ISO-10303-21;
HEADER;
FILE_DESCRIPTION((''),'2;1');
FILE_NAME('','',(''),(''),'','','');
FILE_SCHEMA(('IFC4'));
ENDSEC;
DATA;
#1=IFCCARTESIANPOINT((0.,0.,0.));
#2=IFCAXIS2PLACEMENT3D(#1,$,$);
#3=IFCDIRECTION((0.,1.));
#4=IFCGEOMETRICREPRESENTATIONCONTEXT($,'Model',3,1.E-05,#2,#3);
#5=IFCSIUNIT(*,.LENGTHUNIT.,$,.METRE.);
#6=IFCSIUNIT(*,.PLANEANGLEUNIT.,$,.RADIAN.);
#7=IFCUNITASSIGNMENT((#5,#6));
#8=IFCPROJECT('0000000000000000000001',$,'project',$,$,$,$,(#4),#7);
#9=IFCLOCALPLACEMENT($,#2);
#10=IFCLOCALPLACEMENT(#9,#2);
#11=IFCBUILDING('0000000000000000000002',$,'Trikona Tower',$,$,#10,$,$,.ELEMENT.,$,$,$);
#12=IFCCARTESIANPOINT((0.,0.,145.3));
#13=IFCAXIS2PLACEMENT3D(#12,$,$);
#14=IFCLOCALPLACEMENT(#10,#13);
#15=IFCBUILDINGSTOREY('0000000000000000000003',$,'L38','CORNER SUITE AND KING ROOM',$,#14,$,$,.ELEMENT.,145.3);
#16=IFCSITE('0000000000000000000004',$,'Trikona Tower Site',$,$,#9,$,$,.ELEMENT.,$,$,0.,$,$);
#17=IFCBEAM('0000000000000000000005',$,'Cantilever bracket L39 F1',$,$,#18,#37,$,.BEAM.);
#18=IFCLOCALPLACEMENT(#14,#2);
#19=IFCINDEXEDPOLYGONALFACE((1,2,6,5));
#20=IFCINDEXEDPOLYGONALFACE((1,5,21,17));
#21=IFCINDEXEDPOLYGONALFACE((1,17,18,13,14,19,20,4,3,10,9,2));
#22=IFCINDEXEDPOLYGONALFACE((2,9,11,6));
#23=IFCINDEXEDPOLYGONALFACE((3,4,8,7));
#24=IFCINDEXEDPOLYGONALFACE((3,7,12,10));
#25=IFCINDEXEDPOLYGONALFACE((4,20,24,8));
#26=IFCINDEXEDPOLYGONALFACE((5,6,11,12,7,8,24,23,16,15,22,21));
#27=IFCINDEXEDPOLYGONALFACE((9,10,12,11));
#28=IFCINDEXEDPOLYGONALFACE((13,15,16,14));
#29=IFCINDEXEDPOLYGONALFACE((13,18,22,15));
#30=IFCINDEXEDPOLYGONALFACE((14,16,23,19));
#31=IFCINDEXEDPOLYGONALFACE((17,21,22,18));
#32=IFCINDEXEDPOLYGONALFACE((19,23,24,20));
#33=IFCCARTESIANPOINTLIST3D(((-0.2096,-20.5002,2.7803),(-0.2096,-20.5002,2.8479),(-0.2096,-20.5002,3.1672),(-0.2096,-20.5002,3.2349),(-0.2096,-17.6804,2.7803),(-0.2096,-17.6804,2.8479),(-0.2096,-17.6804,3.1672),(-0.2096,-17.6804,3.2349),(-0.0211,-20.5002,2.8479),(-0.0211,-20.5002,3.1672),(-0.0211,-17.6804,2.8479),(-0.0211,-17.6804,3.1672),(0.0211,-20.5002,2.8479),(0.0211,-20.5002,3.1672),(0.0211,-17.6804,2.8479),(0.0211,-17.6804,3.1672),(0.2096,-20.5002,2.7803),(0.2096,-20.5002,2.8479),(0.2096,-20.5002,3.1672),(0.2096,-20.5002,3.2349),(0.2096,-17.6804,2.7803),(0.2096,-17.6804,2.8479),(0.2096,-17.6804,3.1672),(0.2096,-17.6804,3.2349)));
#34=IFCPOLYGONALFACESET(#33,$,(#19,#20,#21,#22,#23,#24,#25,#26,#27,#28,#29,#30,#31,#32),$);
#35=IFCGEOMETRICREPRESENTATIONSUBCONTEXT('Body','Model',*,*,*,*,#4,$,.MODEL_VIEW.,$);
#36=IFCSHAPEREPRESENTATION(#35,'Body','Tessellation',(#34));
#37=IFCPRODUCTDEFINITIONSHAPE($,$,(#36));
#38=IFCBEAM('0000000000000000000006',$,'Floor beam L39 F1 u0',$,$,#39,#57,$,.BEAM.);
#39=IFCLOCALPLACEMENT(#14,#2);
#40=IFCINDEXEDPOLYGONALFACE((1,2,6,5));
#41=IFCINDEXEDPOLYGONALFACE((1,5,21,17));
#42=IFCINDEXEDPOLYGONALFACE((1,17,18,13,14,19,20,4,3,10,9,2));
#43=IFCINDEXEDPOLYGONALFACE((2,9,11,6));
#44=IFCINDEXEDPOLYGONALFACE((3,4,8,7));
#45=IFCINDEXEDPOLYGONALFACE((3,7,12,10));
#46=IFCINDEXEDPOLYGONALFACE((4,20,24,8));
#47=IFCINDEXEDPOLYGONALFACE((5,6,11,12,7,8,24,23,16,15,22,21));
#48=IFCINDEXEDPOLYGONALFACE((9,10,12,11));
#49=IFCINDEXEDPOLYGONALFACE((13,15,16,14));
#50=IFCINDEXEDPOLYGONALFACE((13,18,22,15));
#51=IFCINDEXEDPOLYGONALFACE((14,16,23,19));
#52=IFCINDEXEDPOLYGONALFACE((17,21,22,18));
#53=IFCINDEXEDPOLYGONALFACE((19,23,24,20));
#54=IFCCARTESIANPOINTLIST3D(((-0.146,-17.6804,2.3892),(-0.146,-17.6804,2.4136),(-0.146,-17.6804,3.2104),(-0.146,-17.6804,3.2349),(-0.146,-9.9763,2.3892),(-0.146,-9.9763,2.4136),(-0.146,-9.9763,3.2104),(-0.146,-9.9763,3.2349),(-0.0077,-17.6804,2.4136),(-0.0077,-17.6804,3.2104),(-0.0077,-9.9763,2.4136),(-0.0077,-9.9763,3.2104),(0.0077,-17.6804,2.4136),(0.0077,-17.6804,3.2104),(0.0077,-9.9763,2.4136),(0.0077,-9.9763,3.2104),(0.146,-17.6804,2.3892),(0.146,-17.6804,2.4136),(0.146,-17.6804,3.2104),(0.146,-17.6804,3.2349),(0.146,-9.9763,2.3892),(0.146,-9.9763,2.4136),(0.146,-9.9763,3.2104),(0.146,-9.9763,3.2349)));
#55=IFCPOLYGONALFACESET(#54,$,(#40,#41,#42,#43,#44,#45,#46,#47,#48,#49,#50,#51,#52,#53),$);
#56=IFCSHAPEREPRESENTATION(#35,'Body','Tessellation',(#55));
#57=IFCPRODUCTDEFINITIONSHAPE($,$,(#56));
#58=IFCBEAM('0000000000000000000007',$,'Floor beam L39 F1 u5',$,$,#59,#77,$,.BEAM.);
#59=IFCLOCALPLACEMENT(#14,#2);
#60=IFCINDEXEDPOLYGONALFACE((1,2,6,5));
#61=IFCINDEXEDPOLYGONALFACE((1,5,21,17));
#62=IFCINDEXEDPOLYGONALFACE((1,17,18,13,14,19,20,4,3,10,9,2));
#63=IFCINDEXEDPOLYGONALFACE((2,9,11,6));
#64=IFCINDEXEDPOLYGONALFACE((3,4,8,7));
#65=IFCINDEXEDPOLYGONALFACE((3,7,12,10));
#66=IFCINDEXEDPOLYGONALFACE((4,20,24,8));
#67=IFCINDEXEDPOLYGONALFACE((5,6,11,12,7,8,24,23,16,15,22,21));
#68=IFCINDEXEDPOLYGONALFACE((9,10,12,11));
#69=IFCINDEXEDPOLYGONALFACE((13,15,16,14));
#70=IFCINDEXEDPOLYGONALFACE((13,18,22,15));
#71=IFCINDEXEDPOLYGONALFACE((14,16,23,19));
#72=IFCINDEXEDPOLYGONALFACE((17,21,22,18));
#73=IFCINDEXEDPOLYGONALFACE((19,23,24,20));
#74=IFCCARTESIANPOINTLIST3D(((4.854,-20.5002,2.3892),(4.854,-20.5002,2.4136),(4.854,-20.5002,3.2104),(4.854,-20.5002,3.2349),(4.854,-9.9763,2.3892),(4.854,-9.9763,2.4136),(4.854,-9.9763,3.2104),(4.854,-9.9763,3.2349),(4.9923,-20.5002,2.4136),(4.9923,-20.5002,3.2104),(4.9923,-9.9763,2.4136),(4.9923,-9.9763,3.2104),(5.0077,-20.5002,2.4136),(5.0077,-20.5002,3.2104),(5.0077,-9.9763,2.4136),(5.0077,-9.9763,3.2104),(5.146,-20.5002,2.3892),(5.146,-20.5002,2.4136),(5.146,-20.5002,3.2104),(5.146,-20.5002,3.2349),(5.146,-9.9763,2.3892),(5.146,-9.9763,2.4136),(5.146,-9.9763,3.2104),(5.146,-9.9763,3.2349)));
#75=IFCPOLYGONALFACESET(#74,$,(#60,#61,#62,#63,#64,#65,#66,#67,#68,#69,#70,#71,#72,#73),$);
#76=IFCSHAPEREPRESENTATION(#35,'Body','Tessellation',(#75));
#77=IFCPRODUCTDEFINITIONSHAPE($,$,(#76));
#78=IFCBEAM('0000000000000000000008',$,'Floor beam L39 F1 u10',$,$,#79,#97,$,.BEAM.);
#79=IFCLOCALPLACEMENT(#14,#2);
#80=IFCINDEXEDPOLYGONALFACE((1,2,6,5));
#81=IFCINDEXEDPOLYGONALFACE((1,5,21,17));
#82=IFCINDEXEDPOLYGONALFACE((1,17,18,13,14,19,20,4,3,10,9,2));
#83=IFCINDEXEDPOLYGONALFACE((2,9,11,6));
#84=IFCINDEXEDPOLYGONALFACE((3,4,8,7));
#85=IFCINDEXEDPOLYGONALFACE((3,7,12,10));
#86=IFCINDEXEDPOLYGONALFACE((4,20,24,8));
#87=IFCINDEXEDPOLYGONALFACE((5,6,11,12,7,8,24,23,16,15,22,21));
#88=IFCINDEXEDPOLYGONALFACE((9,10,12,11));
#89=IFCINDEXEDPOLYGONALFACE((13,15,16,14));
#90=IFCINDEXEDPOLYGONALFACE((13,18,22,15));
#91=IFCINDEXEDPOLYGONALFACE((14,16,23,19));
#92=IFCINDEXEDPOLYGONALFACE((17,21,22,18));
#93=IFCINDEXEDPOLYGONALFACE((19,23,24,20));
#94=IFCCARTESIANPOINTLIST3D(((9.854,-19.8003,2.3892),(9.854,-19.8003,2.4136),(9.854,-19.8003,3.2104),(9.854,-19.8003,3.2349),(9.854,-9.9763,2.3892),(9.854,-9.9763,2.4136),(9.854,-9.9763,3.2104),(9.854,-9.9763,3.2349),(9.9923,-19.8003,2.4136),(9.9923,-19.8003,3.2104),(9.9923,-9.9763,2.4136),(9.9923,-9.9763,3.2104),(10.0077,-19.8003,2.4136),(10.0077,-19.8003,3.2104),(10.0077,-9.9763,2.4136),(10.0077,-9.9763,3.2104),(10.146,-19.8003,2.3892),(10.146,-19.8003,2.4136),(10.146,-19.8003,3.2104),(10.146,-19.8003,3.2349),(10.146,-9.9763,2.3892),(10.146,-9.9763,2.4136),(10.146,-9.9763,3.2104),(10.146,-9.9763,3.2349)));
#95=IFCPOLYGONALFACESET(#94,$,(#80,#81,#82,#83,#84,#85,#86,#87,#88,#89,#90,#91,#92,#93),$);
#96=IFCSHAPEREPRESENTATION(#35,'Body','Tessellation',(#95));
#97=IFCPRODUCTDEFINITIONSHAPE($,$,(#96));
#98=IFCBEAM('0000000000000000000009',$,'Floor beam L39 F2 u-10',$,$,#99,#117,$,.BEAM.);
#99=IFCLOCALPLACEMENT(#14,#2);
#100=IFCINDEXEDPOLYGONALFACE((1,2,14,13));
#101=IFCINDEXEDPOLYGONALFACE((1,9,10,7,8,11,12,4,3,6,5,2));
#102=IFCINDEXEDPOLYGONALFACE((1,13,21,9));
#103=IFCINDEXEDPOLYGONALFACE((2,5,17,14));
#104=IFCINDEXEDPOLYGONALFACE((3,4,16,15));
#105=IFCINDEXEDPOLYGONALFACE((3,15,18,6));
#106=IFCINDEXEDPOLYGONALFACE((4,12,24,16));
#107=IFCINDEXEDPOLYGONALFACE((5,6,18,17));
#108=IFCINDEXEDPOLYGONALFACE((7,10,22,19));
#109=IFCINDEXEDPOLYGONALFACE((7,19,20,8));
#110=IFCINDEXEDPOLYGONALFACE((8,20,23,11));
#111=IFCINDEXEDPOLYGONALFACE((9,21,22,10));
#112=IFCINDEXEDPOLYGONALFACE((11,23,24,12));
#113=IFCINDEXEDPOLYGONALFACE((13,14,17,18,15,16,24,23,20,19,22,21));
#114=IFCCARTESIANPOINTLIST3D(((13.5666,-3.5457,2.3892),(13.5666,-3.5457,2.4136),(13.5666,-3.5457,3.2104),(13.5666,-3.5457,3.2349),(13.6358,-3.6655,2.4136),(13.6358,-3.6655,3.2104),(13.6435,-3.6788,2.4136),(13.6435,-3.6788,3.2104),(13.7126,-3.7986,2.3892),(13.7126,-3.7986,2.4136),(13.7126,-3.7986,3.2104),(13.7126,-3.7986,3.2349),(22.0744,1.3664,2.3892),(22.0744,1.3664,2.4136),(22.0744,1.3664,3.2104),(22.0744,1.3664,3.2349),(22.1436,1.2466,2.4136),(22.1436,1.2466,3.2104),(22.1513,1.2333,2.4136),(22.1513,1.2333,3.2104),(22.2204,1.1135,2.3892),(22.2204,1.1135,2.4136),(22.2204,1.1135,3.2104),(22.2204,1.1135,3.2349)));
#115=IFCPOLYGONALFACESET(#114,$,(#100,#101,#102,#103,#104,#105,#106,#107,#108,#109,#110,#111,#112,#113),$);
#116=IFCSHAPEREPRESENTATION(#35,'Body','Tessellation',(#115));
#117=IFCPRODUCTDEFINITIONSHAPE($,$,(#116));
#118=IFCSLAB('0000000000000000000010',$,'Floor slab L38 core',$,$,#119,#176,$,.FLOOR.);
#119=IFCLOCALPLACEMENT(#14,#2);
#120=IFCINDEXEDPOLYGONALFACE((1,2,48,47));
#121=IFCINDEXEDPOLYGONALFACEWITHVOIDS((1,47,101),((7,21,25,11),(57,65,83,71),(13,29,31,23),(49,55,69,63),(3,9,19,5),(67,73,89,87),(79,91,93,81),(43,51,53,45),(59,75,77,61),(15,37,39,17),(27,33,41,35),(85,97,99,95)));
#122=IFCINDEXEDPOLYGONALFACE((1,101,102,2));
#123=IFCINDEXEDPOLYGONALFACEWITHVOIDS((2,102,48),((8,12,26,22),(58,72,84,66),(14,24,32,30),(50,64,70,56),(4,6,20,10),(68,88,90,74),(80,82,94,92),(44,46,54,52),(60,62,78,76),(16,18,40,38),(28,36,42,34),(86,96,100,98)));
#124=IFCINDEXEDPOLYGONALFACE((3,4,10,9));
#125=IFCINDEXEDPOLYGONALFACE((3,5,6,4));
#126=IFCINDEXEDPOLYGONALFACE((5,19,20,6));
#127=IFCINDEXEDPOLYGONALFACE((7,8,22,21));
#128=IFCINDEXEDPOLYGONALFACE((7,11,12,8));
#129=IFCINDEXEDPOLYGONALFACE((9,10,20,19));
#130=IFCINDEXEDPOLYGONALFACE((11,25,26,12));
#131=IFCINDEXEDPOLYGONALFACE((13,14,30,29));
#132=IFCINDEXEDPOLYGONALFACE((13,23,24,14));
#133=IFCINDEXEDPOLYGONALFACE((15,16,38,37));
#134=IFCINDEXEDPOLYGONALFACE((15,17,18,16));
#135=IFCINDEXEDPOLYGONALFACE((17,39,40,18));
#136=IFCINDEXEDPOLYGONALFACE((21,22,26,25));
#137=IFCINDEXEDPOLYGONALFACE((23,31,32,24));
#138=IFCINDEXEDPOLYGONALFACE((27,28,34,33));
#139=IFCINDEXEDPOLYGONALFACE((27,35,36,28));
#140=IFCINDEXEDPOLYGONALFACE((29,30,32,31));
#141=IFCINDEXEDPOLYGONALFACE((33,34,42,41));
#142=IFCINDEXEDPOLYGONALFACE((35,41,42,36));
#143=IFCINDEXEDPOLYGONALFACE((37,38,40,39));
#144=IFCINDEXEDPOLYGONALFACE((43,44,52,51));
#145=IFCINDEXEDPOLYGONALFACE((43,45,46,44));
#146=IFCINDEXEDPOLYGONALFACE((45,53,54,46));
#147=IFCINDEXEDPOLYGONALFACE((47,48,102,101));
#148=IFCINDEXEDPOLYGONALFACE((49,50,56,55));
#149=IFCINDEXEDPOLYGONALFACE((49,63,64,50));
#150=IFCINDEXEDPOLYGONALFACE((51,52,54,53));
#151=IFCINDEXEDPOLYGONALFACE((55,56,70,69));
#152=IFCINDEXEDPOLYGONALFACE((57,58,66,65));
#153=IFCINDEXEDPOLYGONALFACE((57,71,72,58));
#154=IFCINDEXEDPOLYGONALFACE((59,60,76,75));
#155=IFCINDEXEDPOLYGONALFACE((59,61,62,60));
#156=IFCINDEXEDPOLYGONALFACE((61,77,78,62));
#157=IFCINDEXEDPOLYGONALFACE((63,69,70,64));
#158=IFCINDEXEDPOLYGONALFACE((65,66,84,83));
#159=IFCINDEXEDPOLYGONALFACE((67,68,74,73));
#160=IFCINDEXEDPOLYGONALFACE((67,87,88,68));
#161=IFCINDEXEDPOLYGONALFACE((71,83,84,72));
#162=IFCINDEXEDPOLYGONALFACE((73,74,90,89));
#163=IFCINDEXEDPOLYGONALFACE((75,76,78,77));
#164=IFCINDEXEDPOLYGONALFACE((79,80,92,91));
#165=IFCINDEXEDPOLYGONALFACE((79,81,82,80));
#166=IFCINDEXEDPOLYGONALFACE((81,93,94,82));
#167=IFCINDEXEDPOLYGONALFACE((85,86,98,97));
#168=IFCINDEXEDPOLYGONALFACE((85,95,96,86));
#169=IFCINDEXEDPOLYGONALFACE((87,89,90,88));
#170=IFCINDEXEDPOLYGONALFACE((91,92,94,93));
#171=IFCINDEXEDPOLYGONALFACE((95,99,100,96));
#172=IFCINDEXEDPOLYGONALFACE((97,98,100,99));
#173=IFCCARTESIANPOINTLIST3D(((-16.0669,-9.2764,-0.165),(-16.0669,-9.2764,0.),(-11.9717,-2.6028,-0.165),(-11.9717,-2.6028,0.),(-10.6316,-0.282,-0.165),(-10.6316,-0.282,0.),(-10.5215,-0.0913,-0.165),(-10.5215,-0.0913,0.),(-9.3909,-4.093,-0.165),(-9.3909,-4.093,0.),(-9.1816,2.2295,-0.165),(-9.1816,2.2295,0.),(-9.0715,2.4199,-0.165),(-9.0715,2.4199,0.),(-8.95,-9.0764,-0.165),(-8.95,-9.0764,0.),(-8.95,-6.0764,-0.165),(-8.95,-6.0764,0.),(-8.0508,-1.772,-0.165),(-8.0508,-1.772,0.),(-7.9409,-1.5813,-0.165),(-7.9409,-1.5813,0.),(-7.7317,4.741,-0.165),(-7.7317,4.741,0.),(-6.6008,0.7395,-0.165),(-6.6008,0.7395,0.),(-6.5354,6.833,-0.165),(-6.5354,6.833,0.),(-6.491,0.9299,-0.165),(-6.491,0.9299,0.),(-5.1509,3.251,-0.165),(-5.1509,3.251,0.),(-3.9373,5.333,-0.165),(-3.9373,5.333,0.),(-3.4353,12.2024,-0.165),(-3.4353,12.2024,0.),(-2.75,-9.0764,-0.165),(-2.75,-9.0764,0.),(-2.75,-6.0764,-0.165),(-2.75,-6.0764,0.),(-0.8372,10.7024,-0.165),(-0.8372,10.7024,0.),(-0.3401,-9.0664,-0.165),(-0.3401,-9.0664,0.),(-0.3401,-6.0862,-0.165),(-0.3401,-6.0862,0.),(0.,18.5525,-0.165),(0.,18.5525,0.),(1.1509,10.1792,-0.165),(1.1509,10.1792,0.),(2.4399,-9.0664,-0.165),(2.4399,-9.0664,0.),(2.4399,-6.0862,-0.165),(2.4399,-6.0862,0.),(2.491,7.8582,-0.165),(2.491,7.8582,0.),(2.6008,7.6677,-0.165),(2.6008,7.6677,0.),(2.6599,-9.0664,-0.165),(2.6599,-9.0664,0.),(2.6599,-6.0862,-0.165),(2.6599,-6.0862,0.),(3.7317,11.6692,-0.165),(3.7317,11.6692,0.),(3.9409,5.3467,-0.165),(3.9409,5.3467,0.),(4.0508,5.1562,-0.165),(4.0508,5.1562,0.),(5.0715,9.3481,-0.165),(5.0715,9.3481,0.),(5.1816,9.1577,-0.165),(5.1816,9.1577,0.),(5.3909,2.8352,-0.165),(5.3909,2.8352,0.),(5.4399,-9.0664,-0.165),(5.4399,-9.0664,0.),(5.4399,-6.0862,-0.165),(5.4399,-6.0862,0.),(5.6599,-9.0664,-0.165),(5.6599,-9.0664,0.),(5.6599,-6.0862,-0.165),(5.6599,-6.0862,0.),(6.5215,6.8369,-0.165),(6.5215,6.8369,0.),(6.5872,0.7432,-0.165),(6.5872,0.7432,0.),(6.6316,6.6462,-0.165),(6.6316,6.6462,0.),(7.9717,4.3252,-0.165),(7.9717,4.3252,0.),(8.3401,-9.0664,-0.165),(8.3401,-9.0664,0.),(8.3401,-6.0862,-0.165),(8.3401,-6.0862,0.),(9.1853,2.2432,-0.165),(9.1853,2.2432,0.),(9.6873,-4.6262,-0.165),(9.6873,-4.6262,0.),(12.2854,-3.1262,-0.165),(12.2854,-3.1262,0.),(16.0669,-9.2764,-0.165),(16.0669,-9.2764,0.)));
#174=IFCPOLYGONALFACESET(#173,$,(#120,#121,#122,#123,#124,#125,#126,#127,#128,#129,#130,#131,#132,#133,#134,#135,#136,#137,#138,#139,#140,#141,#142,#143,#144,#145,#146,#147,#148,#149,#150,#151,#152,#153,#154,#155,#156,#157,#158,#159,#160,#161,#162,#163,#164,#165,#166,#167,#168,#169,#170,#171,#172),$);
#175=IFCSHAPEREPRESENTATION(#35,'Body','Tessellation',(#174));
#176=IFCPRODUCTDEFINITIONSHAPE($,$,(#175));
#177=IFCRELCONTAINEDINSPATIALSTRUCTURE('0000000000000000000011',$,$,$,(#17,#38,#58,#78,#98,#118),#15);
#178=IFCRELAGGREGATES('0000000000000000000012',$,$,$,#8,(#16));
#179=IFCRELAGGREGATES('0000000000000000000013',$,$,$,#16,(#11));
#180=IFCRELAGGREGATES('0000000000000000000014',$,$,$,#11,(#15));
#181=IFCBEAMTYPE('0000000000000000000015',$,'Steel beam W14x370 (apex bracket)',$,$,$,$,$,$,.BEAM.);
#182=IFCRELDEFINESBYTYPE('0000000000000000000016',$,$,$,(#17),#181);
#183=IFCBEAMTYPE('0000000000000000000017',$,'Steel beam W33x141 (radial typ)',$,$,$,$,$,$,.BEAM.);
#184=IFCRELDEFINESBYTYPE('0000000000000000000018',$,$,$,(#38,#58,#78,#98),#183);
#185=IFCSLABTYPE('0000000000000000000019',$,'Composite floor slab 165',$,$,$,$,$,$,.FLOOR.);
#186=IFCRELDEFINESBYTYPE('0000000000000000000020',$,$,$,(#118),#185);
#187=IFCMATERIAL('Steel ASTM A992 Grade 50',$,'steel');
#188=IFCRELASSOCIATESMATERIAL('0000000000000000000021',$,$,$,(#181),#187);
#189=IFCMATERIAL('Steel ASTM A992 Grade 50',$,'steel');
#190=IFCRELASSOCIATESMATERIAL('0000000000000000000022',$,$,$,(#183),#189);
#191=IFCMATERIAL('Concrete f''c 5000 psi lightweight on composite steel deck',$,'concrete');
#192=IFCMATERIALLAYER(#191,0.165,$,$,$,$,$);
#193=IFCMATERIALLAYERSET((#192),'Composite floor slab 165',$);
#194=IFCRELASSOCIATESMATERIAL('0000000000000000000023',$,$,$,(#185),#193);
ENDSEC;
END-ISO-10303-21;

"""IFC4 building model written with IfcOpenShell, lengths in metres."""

from ifc_helpers import new_model, si_unit, direction, frame, origin, origin_2d, place, context, subcontext, project, spatial, polyline, i_section, outline, extrude, material, layer, layer_set, material_profile, profile_set, type_object, element, save


model = new_model("IFC4")

# Units and contexts
model_context = context("Model", 3, precision=1e-05, world=origin(), true_north=direction((0.0, 1.0)))
body_context = subcontext(model_context, "Body", "Model", "MODEL_VIEW")
ifc_project = project(units=[si_unit("LENGTHUNIT", "METRE"), si_unit("PLANEANGLEUNIT", "RADIAN")], contexts=[model_context])

# Site, building, storey
site_placement = place(None, origin())
site = spatial("IfcSite", under=ifc_project, at=site_placement, Name="Trikona Tower Site", CompositionType="ELEMENT", RefElevation=0.0)
building_placement = place(site_placement, origin())
building = spatial("IfcBuilding", under=site, at=building_placement, Name="Trikona Tower", CompositionType="ELEMENT")
storey_placement = place(building_placement, frame((0.0, 0.0, 145.3)))
storey = spatial("IfcBuildingStorey", under=building, at=storey_placement, Name="L38", Description="CORNER SUITE AND KING ROOM", CompositionType="ELEMENT", Elevation=145.3)

# Beams
ifc_material_1 = material(Name="Steel ASTM A992 Grade 50", Category="steel")
ifc_material_profile_1 = material_profile(ifc_material_1, i_section(OverallWidth=0.4192, OverallDepth=0.4546, WebThickness=0.0422, FlangeThickness=0.0676, at=origin_2d()), Name="W14X370")
ifc_profile_set_1 = profile_set([ifc_material_profile_1], Name="Steel ASTM A992 Grade 50")
beam_type_1 = type_object("IfcBeamType", Name="Steel beam W14x370 (apex bracket)", PredefinedType="BEAM", material=ifc_profile_set_1)
beam_1_placement = place(storey_placement, frame((0.0, -17.6804, 3.0076), z_axis=(0.0, -1.0, 0.0), x_axis=(1.0, 0.0, 0.0)))
element("IfcBeam", 1, at=beam_1_placement, inside=storey, type_object=beam_type_1, Name="Cantilever bracket L39 F1", PredefinedType="BEAM", context=body_context, shape_type="SweptSolid", body=[
    extrude(i_section(OverallWidth=0.4192, OverallDepth=0.4546, WebThickness=0.0422, FlangeThickness=0.0676, at=origin_2d()), origin(), (0.0, 0.0, 1.0), 2.8198),
])
ifc_material_2 = material(Name="Steel ASTM A992 Grade 50", Category="steel")
ifc_material_profile_2 = material_profile(ifc_material_2, i_section(OverallWidth=0.292, OverallDepth=0.8457, WebThickness=0.0154, FlangeThickness=0.0244, at=origin_2d()), Name="W33X141")
ifc_profile_set_2 = profile_set([ifc_material_profile_2], Name="Steel ASTM A992 Grade 50")
beam_type_2 = type_object("IfcBeamType", Name="Steel beam W33x141 (radial typ)", PredefinedType="BEAM", material=ifc_profile_set_2)
beam_2_placement = place(storey_placement, frame((0.0, -9.9763, 2.812), z_axis=(0.0, -1.0, 0.0), x_axis=(1.0, 0.0, 0.0)))
element("IfcBeam", 2, at=beam_2_placement, inside=storey, type_object=beam_type_2, Name="Floor beam L39 F1 u0", PredefinedType="BEAM", context=body_context, shape_type="SweptSolid", body=[
    extrude(i_section(OverallWidth=0.292, OverallDepth=0.8457, WebThickness=0.0154, FlangeThickness=0.0244, at=origin_2d()), origin(), (0.0, 0.0, 1.0), 7.7041),
])
beam_3_placement = place(storey_placement, frame((5.0, -9.9763, 2.812), z_axis=(0.0, -1.0, 0.0), x_axis=(1.0, 0.0, 0.0)))
element("IfcBeam", 3, at=beam_3_placement, inside=storey, type_object=beam_type_2, Name="Floor beam L39 F1 u5", PredefinedType="BEAM", context=body_context, shape_type="SweptSolid", body=[
    extrude(i_section(OverallWidth=0.292, OverallDepth=0.8457, WebThickness=0.0154, FlangeThickness=0.0244, at=origin_2d()), origin(), (0.0, 0.0, 1.0), 10.5239),
])
for number, where, z_axis, x_axis, name in (
    (4, (10.0, -9.9763, 2.812), (0.0, -1.0, 0.0), (1.0, 0.0, 0.0), "Floor beam L39 F1 u10"),
    (5, (13.6396, -3.6721, 2.812), (0.86602, 0.500009, 0.0), (-0.500009, 0.86602, 0.0), "Floor beam L39 F2 u-10"),
):
    element("IfcBeam", number, at=place(storey_placement, frame(where, z_axis=z_axis, x_axis=x_axis)), inside=storey, type_object=beam_type_2, Name=name, PredefinedType="BEAM", context=body_context, shape_type="SweptSolid", body=[
        extrude(i_section(OverallWidth=0.292, OverallDepth=0.8457, WebThickness=0.0154, FlangeThickness=0.0244, at=origin_2d()), origin(), (0.0, 0.0, 1.0), 9.824),
    ])

# Slab
ifc_material_3 = material(Name="Concrete f'c 5000 psi lightweight on composite steel deck", Category="concrete")
ifc_layer_1 = layer(ifc_material_3, 0.165)
ifc_layer_set_1 = layer_set([ifc_layer_1], Name="Composite floor slab 165")
slab_type = type_object("IfcSlabType", Name="Composite floor slab 165", PredefinedType="FLOOR", material=ifc_layer_set_1)
slab_placement = place(storey_placement, frame((0.0, 0.0, -0.165)))
element("IfcSlab", 6, at=slab_placement, inside=storey, type_object=slab_type, Name="Floor slab L38 core", PredefinedType="FLOOR", context=body_context, shape_type="SweptSolid", body=[
    extrude(outline(polyline([(-16.0669, -9.2764), (16.0669, -9.2764), (0.0, 18.5525), (-16.0669, -9.2764)]), holes=[polyline([(12.2854, -3.1262), (9.1853, 2.2432), (6.5872, 0.7432), (9.6873, -4.6262), (12.2854, -3.1262)]), polyline([(8.3401, -9.0664), (8.3401, -6.0862), (5.6599, -6.0862), (5.6599, -9.0664), (8.3401, -9.0664)]), polyline([(5.3909, 2.8352), (7.9717, 4.3252), (6.6316, 6.6462), (4.0508, 5.1562), (5.3909, 2.8352)]), polyline([(2.6008, 7.6677), (3.9409, 5.3467), (6.5215, 6.8369), (5.1816, 9.1577), (2.6008, 7.6677)]), polyline([(5.4399, -6.0862), (2.6599, -6.0862), (2.6599, -9.0664), (5.4399, -9.0664), (5.4399, -6.0862)]), polyline([(3.7317, 11.6692), (1.1509, 10.1792), (2.491, 7.8582), (5.0715, 9.3481), (3.7317, 11.6692)]), polyline([(-0.3401, -6.0862), (-0.3401, -9.0664), (2.4399, -9.0664), (2.4399, -6.0862), (-0.3401, -6.0862)]), polyline([(-3.4353, 12.2024), (-6.5354, 6.833), (-3.9373, 5.333), (-0.8372, 10.7024), (-3.4353, 12.2024)]), polyline([(-8.95, -9.0764), (-2.75, -9.0764), (-2.75, -6.0764), (-8.95, -6.0764), (-8.95, -9.0764)]), polyline([(-5.1509, 3.251), (-7.7317, 4.741), (-9.0715, 2.4199), (-6.491, 0.9299), (-5.1509, 3.251)]), polyline([(-7.9409, -1.5813), (-6.6008, 0.7395), (-9.1816, 2.2295), (-10.5215, -0.0913), (-7.9409, -1.5813)]), polyline([(-11.9717, -2.6028), (-9.3909, -4.093), (-8.0508, -1.772), (-10.6316, -0.282), (-11.9717, -2.6028)])]), origin(), (0.0, 0.0, 1.0), 0.165),
])

save(model, "model.ifc")
